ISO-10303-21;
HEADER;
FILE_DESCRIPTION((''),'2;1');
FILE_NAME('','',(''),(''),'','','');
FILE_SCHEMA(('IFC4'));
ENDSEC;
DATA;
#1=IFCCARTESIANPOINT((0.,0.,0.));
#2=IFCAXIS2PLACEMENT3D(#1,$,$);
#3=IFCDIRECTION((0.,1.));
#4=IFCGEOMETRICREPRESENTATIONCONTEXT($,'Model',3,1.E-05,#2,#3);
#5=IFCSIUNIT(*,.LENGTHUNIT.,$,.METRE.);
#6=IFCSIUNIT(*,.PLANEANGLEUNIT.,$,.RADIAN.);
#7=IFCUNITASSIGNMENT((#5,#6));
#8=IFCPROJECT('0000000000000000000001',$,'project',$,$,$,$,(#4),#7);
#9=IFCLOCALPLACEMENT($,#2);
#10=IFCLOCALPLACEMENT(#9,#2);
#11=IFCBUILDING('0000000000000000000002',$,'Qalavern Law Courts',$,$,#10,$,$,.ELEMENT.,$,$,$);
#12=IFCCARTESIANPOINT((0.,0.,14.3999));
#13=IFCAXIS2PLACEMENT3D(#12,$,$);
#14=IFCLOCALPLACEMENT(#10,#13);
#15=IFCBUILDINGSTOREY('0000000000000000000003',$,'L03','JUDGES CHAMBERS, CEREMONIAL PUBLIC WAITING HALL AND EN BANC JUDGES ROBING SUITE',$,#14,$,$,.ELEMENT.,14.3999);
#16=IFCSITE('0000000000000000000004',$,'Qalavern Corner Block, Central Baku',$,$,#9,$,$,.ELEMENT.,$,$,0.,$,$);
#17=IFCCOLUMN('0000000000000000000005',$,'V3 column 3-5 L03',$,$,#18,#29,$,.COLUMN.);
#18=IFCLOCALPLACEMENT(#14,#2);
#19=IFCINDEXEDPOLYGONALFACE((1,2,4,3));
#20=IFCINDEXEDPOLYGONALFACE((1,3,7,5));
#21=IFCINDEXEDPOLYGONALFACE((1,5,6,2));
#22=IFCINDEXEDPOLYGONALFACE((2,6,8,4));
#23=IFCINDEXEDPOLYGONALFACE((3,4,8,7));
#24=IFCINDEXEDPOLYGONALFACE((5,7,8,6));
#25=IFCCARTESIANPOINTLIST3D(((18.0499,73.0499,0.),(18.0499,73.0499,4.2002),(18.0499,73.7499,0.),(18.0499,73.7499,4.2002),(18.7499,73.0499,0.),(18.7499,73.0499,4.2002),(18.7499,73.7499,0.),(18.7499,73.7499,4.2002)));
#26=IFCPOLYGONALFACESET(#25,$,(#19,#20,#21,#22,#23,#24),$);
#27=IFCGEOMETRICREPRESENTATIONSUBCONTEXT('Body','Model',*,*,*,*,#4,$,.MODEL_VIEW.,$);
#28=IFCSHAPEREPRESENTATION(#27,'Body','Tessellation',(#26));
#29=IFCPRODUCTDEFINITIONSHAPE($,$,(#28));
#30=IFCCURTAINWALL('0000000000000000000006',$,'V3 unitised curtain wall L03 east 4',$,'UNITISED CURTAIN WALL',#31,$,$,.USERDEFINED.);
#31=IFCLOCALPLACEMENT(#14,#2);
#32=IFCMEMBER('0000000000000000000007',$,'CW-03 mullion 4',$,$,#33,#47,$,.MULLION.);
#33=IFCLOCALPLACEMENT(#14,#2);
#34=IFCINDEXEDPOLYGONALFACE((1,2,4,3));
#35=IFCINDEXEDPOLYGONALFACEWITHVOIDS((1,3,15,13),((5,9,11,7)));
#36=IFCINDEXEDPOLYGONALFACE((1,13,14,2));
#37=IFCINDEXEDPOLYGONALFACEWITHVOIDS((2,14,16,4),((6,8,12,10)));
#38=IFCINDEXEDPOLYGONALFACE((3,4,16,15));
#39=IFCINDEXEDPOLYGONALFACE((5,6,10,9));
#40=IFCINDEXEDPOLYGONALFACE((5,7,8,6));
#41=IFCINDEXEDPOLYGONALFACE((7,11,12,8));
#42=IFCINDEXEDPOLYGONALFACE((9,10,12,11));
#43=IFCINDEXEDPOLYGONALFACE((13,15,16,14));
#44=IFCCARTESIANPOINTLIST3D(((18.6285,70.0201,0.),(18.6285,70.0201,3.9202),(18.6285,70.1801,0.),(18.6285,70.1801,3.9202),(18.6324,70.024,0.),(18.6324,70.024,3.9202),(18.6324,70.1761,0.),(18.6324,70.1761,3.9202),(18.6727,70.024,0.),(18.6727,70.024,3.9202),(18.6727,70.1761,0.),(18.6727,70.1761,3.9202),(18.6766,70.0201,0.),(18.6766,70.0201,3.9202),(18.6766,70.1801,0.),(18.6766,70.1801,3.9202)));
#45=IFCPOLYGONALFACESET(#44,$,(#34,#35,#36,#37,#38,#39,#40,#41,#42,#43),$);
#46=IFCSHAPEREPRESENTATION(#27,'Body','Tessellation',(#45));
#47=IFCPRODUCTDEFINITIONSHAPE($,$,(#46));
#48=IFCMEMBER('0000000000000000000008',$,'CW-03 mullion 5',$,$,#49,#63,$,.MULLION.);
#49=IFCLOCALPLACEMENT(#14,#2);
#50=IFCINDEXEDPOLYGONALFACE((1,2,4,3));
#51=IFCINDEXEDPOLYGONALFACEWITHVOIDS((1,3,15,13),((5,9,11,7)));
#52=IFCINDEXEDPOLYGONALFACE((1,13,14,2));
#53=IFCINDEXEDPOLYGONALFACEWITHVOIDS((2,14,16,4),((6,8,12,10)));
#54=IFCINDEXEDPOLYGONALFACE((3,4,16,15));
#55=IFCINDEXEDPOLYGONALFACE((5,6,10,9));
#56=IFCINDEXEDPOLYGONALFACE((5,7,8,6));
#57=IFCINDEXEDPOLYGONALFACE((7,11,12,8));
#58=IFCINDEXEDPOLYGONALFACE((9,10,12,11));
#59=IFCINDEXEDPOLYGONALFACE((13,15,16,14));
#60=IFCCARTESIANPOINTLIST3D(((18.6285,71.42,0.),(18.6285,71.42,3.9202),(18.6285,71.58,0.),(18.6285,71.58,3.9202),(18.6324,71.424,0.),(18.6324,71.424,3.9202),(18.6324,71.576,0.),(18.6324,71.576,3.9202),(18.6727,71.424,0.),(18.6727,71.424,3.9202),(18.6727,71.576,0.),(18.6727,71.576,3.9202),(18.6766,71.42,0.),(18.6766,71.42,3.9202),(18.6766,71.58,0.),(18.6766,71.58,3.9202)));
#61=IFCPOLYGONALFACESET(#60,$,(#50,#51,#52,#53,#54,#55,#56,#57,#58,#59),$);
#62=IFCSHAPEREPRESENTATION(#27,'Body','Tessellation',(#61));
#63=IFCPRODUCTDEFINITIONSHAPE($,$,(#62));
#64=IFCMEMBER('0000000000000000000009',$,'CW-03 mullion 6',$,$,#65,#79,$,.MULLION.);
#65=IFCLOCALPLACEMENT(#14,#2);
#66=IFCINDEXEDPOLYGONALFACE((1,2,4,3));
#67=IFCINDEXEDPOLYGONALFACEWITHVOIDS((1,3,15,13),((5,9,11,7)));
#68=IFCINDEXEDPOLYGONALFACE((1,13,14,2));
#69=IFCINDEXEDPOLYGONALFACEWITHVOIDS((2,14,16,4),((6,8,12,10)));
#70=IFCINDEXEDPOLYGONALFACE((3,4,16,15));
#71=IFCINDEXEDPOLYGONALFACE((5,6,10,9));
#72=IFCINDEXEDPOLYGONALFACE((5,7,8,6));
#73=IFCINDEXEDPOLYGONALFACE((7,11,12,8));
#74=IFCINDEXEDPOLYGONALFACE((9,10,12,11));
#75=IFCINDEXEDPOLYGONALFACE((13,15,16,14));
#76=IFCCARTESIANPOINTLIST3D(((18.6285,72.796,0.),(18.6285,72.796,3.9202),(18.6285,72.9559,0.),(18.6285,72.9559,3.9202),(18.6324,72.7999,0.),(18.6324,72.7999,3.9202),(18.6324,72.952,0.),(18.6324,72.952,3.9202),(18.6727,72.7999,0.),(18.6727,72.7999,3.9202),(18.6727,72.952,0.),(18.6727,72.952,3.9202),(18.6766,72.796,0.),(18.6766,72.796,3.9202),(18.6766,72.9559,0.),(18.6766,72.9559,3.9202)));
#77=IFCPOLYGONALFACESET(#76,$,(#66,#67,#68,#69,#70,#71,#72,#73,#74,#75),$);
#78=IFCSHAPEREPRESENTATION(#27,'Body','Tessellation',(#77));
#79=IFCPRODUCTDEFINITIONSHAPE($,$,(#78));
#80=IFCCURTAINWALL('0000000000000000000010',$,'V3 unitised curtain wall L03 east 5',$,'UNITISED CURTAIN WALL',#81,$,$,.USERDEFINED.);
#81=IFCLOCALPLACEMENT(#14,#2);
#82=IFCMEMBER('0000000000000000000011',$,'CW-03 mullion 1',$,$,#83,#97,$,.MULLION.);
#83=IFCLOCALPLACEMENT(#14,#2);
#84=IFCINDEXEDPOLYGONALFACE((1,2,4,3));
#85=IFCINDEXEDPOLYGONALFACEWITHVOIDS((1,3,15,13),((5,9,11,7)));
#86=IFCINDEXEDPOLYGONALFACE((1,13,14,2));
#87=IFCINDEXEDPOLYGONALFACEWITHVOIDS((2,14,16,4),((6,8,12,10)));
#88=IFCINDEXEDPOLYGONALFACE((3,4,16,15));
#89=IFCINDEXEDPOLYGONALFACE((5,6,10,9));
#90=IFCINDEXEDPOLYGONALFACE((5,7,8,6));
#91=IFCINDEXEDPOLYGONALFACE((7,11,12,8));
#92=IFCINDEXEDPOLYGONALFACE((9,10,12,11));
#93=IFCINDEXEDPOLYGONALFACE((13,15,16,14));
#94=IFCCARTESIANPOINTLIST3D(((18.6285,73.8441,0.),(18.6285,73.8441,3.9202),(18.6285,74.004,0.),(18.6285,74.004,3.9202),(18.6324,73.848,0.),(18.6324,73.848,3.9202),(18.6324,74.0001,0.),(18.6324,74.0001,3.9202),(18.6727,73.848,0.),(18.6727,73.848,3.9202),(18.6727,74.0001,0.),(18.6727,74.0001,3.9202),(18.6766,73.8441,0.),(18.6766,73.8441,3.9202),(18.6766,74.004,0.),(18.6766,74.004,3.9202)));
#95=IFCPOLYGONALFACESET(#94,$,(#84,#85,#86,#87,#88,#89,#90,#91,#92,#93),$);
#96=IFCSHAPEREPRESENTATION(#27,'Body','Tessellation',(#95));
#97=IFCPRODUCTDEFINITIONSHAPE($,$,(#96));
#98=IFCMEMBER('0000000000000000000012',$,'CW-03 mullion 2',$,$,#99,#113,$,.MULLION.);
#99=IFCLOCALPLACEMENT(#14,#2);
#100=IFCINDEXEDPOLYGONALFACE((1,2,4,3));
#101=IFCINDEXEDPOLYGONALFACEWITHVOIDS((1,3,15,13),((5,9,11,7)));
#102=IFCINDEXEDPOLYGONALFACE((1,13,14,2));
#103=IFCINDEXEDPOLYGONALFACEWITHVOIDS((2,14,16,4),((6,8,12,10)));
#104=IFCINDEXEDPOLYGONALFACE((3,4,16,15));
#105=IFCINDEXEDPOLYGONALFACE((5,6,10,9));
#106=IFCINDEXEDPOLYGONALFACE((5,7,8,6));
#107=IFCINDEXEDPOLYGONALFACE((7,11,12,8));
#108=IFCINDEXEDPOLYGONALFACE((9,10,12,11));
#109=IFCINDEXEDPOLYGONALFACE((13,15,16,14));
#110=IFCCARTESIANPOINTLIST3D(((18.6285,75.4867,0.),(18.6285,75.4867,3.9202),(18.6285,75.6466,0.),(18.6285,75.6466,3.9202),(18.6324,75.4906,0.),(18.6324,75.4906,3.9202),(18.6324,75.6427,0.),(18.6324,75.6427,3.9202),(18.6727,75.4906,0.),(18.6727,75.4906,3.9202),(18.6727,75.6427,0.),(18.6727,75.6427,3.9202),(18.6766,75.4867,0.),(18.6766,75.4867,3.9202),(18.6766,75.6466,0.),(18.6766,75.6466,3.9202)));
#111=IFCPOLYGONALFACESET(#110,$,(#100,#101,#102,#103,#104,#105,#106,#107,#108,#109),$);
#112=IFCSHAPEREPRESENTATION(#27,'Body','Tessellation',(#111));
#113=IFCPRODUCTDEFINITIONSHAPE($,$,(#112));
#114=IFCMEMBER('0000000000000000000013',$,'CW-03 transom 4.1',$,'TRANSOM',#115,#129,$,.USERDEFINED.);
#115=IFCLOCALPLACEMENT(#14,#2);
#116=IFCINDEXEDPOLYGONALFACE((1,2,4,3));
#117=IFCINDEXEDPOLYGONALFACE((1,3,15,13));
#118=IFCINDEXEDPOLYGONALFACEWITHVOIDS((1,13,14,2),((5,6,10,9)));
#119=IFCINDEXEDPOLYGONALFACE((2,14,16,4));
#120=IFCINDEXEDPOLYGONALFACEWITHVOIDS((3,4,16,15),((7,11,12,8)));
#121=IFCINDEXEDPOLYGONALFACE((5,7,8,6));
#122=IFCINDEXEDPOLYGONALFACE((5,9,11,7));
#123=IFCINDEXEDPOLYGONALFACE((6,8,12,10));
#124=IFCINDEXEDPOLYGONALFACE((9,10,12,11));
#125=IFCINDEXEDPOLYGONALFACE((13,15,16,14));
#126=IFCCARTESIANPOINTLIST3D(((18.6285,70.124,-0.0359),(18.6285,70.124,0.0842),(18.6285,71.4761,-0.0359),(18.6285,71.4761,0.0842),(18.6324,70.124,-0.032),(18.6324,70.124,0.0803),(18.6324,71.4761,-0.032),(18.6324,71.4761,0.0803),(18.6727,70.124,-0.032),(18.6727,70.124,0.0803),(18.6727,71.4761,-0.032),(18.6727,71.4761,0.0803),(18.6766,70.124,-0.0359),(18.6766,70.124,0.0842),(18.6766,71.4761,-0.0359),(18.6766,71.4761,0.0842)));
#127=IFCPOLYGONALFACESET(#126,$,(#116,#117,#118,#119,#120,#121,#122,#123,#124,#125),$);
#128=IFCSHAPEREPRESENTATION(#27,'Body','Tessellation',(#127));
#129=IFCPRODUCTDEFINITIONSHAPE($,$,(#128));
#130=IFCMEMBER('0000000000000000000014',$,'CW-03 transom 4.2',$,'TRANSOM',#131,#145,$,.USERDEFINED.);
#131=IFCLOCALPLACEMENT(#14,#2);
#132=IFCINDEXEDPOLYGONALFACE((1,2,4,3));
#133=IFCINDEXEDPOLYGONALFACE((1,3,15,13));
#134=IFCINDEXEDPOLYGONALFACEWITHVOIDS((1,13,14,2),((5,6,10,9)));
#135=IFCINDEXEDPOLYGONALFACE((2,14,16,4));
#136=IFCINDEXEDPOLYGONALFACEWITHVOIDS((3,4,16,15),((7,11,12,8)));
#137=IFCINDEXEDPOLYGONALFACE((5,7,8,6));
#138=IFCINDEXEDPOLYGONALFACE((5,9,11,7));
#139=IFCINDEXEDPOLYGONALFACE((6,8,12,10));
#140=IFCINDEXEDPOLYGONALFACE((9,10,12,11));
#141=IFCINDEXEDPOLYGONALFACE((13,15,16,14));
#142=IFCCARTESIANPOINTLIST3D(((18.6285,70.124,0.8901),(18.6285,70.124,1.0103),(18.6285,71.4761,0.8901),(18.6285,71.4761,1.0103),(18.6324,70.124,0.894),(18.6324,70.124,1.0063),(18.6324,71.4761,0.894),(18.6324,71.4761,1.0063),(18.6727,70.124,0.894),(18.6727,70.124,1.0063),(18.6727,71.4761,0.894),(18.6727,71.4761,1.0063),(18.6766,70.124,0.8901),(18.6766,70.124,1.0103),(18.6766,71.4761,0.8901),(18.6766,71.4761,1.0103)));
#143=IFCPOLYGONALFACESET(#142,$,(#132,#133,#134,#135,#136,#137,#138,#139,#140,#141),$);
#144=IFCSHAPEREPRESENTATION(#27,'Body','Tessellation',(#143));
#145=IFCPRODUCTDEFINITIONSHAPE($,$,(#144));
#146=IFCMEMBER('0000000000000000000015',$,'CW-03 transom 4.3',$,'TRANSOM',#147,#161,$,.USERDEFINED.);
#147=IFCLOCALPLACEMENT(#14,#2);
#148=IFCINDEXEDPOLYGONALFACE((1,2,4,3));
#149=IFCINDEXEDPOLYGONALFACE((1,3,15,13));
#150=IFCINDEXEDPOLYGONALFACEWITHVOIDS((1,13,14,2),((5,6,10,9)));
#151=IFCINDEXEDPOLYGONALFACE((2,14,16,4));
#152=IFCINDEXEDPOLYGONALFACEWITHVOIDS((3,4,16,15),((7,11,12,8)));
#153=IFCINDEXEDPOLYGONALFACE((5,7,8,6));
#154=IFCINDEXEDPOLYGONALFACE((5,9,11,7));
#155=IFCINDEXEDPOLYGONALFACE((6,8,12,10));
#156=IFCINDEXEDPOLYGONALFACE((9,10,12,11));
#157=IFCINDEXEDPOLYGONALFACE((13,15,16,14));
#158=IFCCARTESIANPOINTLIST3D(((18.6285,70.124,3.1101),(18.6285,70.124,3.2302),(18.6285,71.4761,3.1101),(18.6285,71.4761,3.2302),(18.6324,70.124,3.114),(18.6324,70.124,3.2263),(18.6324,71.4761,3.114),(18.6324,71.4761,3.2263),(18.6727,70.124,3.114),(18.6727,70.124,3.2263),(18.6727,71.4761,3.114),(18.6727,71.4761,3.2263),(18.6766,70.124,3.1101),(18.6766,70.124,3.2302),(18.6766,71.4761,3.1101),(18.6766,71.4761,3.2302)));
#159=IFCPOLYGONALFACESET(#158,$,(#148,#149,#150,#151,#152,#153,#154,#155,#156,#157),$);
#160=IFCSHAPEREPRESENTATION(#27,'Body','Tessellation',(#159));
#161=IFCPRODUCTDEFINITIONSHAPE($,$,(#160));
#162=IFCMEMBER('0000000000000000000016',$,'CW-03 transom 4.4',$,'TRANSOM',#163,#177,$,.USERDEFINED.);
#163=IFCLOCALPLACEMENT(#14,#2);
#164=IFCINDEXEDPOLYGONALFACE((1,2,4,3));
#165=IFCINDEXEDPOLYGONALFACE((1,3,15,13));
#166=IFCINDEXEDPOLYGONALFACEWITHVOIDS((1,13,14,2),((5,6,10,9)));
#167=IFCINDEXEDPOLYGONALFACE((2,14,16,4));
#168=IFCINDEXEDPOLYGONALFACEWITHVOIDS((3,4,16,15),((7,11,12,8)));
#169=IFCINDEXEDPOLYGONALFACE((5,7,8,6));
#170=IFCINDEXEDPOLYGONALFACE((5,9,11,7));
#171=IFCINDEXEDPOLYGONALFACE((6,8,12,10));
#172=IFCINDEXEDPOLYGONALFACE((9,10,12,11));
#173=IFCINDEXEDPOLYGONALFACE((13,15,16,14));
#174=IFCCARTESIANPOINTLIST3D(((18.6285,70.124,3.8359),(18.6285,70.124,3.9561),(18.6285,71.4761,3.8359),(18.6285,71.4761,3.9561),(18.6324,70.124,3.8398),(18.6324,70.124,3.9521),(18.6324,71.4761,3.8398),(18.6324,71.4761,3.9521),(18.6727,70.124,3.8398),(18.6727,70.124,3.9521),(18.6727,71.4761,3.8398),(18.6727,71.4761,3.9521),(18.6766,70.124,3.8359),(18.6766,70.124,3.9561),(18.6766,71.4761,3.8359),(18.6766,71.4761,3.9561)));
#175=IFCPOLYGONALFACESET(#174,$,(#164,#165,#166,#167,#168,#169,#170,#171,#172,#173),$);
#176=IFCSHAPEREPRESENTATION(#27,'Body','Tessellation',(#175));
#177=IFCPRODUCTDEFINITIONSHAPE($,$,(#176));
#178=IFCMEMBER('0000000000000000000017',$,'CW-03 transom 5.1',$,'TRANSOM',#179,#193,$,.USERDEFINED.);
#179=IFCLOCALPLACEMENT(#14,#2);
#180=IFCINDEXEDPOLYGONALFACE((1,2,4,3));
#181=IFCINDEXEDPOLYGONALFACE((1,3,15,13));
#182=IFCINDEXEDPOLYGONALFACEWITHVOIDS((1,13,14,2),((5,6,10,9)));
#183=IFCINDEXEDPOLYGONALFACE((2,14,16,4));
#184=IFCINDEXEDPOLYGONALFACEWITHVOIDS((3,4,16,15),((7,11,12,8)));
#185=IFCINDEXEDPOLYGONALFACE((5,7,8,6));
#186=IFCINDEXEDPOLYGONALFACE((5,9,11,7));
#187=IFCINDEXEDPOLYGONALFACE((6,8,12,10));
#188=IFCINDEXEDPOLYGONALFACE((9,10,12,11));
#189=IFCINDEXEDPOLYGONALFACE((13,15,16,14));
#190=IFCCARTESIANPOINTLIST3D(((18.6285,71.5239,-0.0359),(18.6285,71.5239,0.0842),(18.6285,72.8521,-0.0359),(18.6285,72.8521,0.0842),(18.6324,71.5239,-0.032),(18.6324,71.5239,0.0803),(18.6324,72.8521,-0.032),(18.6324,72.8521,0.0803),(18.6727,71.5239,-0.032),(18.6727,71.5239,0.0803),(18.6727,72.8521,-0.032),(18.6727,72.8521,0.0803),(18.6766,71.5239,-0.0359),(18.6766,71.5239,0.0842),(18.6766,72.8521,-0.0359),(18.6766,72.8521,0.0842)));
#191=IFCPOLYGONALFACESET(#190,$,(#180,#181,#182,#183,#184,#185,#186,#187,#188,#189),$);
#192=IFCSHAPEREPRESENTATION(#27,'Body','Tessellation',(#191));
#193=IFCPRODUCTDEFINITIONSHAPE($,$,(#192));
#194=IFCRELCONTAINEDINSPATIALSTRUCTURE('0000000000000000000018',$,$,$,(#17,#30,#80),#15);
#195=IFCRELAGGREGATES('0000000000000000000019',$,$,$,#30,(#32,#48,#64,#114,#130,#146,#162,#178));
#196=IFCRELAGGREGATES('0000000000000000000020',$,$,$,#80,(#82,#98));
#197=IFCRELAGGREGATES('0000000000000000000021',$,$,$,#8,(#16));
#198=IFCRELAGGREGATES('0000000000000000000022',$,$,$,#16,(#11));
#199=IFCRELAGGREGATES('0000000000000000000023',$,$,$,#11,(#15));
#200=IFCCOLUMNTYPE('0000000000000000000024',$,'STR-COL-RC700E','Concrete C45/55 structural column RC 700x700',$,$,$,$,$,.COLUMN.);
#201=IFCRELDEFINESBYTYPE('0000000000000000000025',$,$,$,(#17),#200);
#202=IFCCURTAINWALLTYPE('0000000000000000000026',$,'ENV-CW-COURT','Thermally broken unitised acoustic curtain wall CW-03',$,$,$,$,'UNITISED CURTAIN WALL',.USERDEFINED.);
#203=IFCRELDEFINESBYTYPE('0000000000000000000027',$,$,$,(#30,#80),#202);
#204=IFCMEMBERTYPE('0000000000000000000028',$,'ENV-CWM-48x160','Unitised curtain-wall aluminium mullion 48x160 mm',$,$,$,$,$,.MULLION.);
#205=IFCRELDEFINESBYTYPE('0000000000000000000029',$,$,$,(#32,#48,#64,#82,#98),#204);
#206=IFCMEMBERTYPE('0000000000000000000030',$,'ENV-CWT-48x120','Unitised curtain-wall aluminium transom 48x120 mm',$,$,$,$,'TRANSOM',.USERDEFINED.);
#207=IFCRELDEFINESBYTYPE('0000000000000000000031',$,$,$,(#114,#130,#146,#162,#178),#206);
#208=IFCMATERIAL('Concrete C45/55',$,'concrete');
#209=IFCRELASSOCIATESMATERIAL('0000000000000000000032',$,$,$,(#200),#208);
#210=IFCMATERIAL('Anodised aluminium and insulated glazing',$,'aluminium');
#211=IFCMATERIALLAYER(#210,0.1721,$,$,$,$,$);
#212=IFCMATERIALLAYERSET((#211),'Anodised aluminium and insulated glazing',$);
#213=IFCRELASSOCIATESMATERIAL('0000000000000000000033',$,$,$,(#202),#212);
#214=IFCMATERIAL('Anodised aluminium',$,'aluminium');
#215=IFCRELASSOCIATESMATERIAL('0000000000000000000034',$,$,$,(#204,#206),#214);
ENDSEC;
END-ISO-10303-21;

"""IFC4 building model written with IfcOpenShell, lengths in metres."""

from ifc_helpers import new_model, si_unit, direction, frame, origin, origin_2d, place, context, subcontext, project, spatial, rectangle, hollow_rectangle, extrude, material, layer, layer_set, material_profile, profile_set, type_object, element, aggregate, save


model = new_model("IFC4")

# Units and contexts
model_context = context("Model", 3, precision=1e-05, world=origin(), true_north=direction((0.0, 1.0)))
body_context = subcontext(model_context, "Body", "Model", "MODEL_VIEW")
ifc_project = project(units=[si_unit("LENGTHUNIT", "METRE"), si_unit("PLANEANGLEUNIT", "RADIAN")], contexts=[model_context])

# Site, building, storey
site_placement = place(None, origin())
site = spatial("IfcSite", under=ifc_project, at=site_placement, Name="Qalavern Corner Block, Central Baku", CompositionType="ELEMENT", RefElevation=0.0)
building_placement = place(site_placement, origin())
building = spatial("IfcBuilding", under=site, at=building_placement, Name="Qalavern Law Courts", CompositionType="ELEMENT")
storey_placement = place(building_placement, frame((0.0, 0.0, 14.3999)))
storey = spatial("IfcBuildingStorey", under=building, at=storey_placement, Name="L03", Description="JUDGES CHAMBERS, CEREMONIAL PUBLIC WAITING HALL AND EN BANC JUDGES ROBING SUITE", CompositionType="ELEMENT", Elevation=14.3999)

# Column
ifc_material_1 = material(Name="Concrete C45/55", Category="concrete")
ifc_material_profile_1 = material_profile(ifc_material_1, rectangle(XDim=0.7, YDim=0.7, at=origin_2d()), Name="RC 700x700")
ifc_profile_set_1 = profile_set([ifc_material_profile_1], Name="Concrete C45/55")
column_type = type_object("IfcColumnType", Name="STR-COL-RC700E", Description="Concrete C45/55 structural column RC 700x700", PredefinedType="COLUMN", material=ifc_profile_set_1)
column_placement = place(storey_placement, frame((18.3999, 73.3999, 0.0), z_axis=(0.0, 0.0, 1.0), x_axis=(1.0, 0.0, 0.0)))
element("IfcColumn", 1, at=column_placement, inside=storey, type_object=column_type, Name="V3 column 3-5 L03", PredefinedType="COLUMN", context=body_context, shape_type="SweptSolid", body=[
    extrude(rectangle(XDim=0.7, YDim=0.7, at=origin_2d()), origin(), (0.0, 0.0, 1.0), 4.2002),
])

# Curtain walls, members
ifc_material_2 = material(Name="Anodised aluminium and insulated glazing", Category="aluminium")
ifc_layer_1 = layer(ifc_material_2, 0.1721)
ifc_layer_set_1 = layer_set([ifc_layer_1], Name="Anodised aluminium and insulated glazing")
curtain_wall_type = type_object("IfcCurtainWallType", Name="ENV-CW-COURT", Description="Thermally broken unitised acoustic curtain wall CW-03", ElementType="UNITISED CURTAIN WALL", PredefinedType="USERDEFINED", material=ifc_layer_set_1)
curtain_wall_1_placement = place(storey_placement, origin())
curtain_wall_1 = element("IfcCurtainWall", 2, at=curtain_wall_1_placement, inside=storey, type_object=curtain_wall_type, Name="V3 unitised curtain wall L03 east 4", ObjectType="UNITISED CURTAIN WALL", PredefinedType="USERDEFINED")
ifc_material_3 = material(Name="Anodised aluminium", Category="aluminium")
ifc_material_profile_2 = material_profile(ifc_material_3, hollow_rectangle(XDim=0.0481, YDim=0.1599, WallThickness=0.0039, at=origin_2d()), Name="ALU MULLION 48x160")
ifc_profile_set_2 = profile_set([ifc_material_profile_2], Name="Anodised aluminium")
member_type_1 = type_object("IfcMemberType", Name="ENV-CWM-48x160", Description="Unitised curtain-wall aluminium mullion 48x160 mm", PredefinedType="MULLION", material=ifc_profile_set_2)
member_1_placement = place(storey_placement, frame((18.6526, 70.1001, 0.0), z_axis=(0.0, 0.0, 1.0), x_axis=(-1.0, 0.0, 0.0)))
member_1 = element("IfcMember", 3, at=member_1_placement, type_object=member_type_1, Name="CW-03 mullion 4", PredefinedType="MULLION", context=body_context, shape_type="SweptSolid", body=[
    extrude(hollow_rectangle(XDim=0.0481, YDim=0.1599, WallThickness=0.0039, at=origin_2d()), origin(), (0.0, 0.0, 1.0), 3.9202),
])
member_2_placement = place(storey_placement, frame((18.6526, 71.5, 0.0), z_axis=(0.0, 0.0, 1.0), x_axis=(-1.0, 0.0, 0.0)))
member_2 = element("IfcMember", 4, at=member_2_placement, type_object=member_type_1, Name="CW-03 mullion 5", PredefinedType="MULLION", context=body_context, shape_type="SweptSolid", body=[
    extrude(hollow_rectangle(XDim=0.0481, YDim=0.1599, WallThickness=0.0039, at=origin_2d()), origin(), (0.0, 0.0, 1.0), 3.9202),
])
member_3_placement = place(storey_placement, frame((18.6526, 72.876, 0.0), z_axis=(0.0, 0.0, 1.0), x_axis=(-1.0, 0.0, 0.0)))
member_3 = element("IfcMember", 5, at=member_3_placement, type_object=member_type_1, Name="CW-03 mullion 6", PredefinedType="MULLION", context=body_context, shape_type="SweptSolid", body=[
    extrude(hollow_rectangle(XDim=0.0481, YDim=0.1599, WallThickness=0.0039, at=origin_2d()), origin(), (0.0, 0.0, 1.0), 3.9202),
])
curtain_wall_2_placement = place(storey_placement, origin())
curtain_wall_2 = element("IfcCurtainWall", 6, at=curtain_wall_2_placement, inside=storey, type_object=curtain_wall_type, Name="V3 unitised curtain wall L03 east 5", ObjectType="UNITISED CURTAIN WALL", PredefinedType="USERDEFINED")
member_4_placement = place(storey_placement, frame((18.6526, 73.9241, 0.0), z_axis=(0.0, 0.0, 1.0), x_axis=(-1.0, 0.0, 0.0)))
member_4 = element("IfcMember", 7, at=member_4_placement, type_object=member_type_1, Name="CW-03 mullion 1", PredefinedType="MULLION", context=body_context, shape_type="SweptSolid", body=[
    extrude(hollow_rectangle(XDim=0.0481, YDim=0.1599, WallThickness=0.0039, at=origin_2d()), origin(), (0.0, 0.0, 1.0), 3.9202),
])
member_5_placement = place(storey_placement, frame((18.6526, 75.5667, 0.0), z_axis=(0.0, 0.0, 1.0), x_axis=(-1.0, 0.0, 0.0)))
member_5 = element("IfcMember", 8, at=member_5_placement, type_object=member_type_1, Name="CW-03 mullion 2", PredefinedType="MULLION", context=body_context, shape_type="SweptSolid", body=[
    extrude(hollow_rectangle(XDim=0.0481, YDim=0.1599, WallThickness=0.0039, at=origin_2d()), origin(), (0.0, 0.0, 1.0), 3.9202),
])

# Members
ifc_material_profile_3 = material_profile(ifc_material_3, hollow_rectangle(XDim=0.0481, YDim=0.1201, WallThickness=0.0039, at=origin_2d()), Name="ALU TRANSOM 48x120")
ifc_profile_set_3 = profile_set([ifc_material_profile_3], Name="Anodised aluminium")
member_type_2 = type_object("IfcMemberType", Name="ENV-CWT-48x120", Description="Unitised curtain-wall aluminium transom 48x120 mm", ElementType="TRANSOM", PredefinedType="USERDEFINED", material=ifc_profile_set_3)
member_6_placement = place(storey_placement, frame((18.6526, 70.124, 0.0242), z_axis=(0.0, 1.0, 0.0), x_axis=(-1.0, 0.0, 0.0)))
member_6 = element("IfcMember", 9, at=member_6_placement, type_object=member_type_2, Name="CW-03 transom 4.1", ObjectType="TRANSOM", PredefinedType="USERDEFINED", context=body_context, shape_type="SweptSolid", body=[
    extrude(hollow_rectangle(XDim=0.0481, YDim=0.1201, WallThickness=0.0039, at=origin_2d()), origin(), (0.0, 0.0, 1.0), 1.3521),
])
member_7_placement = place(storey_placement, frame((18.6526, 70.124, 0.9502), z_axis=(0.0, 1.0, 0.0), x_axis=(-1.0, 0.0, 0.0)))
member_7 = element("IfcMember", 10, at=member_7_placement, type_object=member_type_2, Name="CW-03 transom 4.2", ObjectType="TRANSOM", PredefinedType="USERDEFINED", context=body_context, shape_type="SweptSolid", body=[
    extrude(hollow_rectangle(XDim=0.0481, YDim=0.1201, WallThickness=0.0039, at=origin_2d()), origin(), (0.0, 0.0, 1.0), 1.3521),
])
member_8_placement = place(storey_placement, frame((18.6526, 70.124, 3.1702), z_axis=(0.0, 1.0, 0.0), x_axis=(-1.0, 0.0, 0.0)))
member_8 = element("IfcMember", 11, at=member_8_placement, type_object=member_type_2, Name="CW-03 transom 4.3", ObjectType="TRANSOM", PredefinedType="USERDEFINED", context=body_context, shape_type="SweptSolid", body=[
    extrude(hollow_rectangle(XDim=0.0481, YDim=0.1201, WallThickness=0.0039, at=origin_2d()), origin(), (0.0, 0.0, 1.0), 1.3521),
])
member_9_placement = place(storey_placement, frame((18.6526, 70.124, 3.896), z_axis=(0.0, 1.0, 0.0), x_axis=(-1.0, 0.0, 0.0)))
member_9 = element("IfcMember", 12, at=member_9_placement, type_object=member_type_2, Name="CW-03 transom 4.4", ObjectType="TRANSOM", PredefinedType="USERDEFINED", context=body_context, shape_type="SweptSolid", body=[
    extrude(hollow_rectangle(XDim=0.0481, YDim=0.1201, WallThickness=0.0039, at=origin_2d()), origin(), (0.0, 0.0, 1.0), 1.3521),
])
member_10_placement = place(storey_placement, frame((18.6526, 71.5239, 0.0242), z_axis=(0.0, 1.0, 0.0), x_axis=(-1.0, 0.0, 0.0)))
member_10 = element("IfcMember", 13, at=member_10_placement, type_object=member_type_2, Name="CW-03 transom 5.1", ObjectType="TRANSOM", PredefinedType="USERDEFINED", context=body_context, shape_type="SweptSolid", body=[
    extrude(hollow_rectangle(XDim=0.0481, YDim=0.1201, WallThickness=0.0039, at=origin_2d()), origin(), (0.0, 0.0, 1.0), 1.3281),
])

aggregate(curtain_wall_1, [member_1, member_2, member_3, member_6, member_7, member_8, member_9, member_10])
aggregate(curtain_wall_2, [member_4, member_5])

save(model, "model.ifc")
